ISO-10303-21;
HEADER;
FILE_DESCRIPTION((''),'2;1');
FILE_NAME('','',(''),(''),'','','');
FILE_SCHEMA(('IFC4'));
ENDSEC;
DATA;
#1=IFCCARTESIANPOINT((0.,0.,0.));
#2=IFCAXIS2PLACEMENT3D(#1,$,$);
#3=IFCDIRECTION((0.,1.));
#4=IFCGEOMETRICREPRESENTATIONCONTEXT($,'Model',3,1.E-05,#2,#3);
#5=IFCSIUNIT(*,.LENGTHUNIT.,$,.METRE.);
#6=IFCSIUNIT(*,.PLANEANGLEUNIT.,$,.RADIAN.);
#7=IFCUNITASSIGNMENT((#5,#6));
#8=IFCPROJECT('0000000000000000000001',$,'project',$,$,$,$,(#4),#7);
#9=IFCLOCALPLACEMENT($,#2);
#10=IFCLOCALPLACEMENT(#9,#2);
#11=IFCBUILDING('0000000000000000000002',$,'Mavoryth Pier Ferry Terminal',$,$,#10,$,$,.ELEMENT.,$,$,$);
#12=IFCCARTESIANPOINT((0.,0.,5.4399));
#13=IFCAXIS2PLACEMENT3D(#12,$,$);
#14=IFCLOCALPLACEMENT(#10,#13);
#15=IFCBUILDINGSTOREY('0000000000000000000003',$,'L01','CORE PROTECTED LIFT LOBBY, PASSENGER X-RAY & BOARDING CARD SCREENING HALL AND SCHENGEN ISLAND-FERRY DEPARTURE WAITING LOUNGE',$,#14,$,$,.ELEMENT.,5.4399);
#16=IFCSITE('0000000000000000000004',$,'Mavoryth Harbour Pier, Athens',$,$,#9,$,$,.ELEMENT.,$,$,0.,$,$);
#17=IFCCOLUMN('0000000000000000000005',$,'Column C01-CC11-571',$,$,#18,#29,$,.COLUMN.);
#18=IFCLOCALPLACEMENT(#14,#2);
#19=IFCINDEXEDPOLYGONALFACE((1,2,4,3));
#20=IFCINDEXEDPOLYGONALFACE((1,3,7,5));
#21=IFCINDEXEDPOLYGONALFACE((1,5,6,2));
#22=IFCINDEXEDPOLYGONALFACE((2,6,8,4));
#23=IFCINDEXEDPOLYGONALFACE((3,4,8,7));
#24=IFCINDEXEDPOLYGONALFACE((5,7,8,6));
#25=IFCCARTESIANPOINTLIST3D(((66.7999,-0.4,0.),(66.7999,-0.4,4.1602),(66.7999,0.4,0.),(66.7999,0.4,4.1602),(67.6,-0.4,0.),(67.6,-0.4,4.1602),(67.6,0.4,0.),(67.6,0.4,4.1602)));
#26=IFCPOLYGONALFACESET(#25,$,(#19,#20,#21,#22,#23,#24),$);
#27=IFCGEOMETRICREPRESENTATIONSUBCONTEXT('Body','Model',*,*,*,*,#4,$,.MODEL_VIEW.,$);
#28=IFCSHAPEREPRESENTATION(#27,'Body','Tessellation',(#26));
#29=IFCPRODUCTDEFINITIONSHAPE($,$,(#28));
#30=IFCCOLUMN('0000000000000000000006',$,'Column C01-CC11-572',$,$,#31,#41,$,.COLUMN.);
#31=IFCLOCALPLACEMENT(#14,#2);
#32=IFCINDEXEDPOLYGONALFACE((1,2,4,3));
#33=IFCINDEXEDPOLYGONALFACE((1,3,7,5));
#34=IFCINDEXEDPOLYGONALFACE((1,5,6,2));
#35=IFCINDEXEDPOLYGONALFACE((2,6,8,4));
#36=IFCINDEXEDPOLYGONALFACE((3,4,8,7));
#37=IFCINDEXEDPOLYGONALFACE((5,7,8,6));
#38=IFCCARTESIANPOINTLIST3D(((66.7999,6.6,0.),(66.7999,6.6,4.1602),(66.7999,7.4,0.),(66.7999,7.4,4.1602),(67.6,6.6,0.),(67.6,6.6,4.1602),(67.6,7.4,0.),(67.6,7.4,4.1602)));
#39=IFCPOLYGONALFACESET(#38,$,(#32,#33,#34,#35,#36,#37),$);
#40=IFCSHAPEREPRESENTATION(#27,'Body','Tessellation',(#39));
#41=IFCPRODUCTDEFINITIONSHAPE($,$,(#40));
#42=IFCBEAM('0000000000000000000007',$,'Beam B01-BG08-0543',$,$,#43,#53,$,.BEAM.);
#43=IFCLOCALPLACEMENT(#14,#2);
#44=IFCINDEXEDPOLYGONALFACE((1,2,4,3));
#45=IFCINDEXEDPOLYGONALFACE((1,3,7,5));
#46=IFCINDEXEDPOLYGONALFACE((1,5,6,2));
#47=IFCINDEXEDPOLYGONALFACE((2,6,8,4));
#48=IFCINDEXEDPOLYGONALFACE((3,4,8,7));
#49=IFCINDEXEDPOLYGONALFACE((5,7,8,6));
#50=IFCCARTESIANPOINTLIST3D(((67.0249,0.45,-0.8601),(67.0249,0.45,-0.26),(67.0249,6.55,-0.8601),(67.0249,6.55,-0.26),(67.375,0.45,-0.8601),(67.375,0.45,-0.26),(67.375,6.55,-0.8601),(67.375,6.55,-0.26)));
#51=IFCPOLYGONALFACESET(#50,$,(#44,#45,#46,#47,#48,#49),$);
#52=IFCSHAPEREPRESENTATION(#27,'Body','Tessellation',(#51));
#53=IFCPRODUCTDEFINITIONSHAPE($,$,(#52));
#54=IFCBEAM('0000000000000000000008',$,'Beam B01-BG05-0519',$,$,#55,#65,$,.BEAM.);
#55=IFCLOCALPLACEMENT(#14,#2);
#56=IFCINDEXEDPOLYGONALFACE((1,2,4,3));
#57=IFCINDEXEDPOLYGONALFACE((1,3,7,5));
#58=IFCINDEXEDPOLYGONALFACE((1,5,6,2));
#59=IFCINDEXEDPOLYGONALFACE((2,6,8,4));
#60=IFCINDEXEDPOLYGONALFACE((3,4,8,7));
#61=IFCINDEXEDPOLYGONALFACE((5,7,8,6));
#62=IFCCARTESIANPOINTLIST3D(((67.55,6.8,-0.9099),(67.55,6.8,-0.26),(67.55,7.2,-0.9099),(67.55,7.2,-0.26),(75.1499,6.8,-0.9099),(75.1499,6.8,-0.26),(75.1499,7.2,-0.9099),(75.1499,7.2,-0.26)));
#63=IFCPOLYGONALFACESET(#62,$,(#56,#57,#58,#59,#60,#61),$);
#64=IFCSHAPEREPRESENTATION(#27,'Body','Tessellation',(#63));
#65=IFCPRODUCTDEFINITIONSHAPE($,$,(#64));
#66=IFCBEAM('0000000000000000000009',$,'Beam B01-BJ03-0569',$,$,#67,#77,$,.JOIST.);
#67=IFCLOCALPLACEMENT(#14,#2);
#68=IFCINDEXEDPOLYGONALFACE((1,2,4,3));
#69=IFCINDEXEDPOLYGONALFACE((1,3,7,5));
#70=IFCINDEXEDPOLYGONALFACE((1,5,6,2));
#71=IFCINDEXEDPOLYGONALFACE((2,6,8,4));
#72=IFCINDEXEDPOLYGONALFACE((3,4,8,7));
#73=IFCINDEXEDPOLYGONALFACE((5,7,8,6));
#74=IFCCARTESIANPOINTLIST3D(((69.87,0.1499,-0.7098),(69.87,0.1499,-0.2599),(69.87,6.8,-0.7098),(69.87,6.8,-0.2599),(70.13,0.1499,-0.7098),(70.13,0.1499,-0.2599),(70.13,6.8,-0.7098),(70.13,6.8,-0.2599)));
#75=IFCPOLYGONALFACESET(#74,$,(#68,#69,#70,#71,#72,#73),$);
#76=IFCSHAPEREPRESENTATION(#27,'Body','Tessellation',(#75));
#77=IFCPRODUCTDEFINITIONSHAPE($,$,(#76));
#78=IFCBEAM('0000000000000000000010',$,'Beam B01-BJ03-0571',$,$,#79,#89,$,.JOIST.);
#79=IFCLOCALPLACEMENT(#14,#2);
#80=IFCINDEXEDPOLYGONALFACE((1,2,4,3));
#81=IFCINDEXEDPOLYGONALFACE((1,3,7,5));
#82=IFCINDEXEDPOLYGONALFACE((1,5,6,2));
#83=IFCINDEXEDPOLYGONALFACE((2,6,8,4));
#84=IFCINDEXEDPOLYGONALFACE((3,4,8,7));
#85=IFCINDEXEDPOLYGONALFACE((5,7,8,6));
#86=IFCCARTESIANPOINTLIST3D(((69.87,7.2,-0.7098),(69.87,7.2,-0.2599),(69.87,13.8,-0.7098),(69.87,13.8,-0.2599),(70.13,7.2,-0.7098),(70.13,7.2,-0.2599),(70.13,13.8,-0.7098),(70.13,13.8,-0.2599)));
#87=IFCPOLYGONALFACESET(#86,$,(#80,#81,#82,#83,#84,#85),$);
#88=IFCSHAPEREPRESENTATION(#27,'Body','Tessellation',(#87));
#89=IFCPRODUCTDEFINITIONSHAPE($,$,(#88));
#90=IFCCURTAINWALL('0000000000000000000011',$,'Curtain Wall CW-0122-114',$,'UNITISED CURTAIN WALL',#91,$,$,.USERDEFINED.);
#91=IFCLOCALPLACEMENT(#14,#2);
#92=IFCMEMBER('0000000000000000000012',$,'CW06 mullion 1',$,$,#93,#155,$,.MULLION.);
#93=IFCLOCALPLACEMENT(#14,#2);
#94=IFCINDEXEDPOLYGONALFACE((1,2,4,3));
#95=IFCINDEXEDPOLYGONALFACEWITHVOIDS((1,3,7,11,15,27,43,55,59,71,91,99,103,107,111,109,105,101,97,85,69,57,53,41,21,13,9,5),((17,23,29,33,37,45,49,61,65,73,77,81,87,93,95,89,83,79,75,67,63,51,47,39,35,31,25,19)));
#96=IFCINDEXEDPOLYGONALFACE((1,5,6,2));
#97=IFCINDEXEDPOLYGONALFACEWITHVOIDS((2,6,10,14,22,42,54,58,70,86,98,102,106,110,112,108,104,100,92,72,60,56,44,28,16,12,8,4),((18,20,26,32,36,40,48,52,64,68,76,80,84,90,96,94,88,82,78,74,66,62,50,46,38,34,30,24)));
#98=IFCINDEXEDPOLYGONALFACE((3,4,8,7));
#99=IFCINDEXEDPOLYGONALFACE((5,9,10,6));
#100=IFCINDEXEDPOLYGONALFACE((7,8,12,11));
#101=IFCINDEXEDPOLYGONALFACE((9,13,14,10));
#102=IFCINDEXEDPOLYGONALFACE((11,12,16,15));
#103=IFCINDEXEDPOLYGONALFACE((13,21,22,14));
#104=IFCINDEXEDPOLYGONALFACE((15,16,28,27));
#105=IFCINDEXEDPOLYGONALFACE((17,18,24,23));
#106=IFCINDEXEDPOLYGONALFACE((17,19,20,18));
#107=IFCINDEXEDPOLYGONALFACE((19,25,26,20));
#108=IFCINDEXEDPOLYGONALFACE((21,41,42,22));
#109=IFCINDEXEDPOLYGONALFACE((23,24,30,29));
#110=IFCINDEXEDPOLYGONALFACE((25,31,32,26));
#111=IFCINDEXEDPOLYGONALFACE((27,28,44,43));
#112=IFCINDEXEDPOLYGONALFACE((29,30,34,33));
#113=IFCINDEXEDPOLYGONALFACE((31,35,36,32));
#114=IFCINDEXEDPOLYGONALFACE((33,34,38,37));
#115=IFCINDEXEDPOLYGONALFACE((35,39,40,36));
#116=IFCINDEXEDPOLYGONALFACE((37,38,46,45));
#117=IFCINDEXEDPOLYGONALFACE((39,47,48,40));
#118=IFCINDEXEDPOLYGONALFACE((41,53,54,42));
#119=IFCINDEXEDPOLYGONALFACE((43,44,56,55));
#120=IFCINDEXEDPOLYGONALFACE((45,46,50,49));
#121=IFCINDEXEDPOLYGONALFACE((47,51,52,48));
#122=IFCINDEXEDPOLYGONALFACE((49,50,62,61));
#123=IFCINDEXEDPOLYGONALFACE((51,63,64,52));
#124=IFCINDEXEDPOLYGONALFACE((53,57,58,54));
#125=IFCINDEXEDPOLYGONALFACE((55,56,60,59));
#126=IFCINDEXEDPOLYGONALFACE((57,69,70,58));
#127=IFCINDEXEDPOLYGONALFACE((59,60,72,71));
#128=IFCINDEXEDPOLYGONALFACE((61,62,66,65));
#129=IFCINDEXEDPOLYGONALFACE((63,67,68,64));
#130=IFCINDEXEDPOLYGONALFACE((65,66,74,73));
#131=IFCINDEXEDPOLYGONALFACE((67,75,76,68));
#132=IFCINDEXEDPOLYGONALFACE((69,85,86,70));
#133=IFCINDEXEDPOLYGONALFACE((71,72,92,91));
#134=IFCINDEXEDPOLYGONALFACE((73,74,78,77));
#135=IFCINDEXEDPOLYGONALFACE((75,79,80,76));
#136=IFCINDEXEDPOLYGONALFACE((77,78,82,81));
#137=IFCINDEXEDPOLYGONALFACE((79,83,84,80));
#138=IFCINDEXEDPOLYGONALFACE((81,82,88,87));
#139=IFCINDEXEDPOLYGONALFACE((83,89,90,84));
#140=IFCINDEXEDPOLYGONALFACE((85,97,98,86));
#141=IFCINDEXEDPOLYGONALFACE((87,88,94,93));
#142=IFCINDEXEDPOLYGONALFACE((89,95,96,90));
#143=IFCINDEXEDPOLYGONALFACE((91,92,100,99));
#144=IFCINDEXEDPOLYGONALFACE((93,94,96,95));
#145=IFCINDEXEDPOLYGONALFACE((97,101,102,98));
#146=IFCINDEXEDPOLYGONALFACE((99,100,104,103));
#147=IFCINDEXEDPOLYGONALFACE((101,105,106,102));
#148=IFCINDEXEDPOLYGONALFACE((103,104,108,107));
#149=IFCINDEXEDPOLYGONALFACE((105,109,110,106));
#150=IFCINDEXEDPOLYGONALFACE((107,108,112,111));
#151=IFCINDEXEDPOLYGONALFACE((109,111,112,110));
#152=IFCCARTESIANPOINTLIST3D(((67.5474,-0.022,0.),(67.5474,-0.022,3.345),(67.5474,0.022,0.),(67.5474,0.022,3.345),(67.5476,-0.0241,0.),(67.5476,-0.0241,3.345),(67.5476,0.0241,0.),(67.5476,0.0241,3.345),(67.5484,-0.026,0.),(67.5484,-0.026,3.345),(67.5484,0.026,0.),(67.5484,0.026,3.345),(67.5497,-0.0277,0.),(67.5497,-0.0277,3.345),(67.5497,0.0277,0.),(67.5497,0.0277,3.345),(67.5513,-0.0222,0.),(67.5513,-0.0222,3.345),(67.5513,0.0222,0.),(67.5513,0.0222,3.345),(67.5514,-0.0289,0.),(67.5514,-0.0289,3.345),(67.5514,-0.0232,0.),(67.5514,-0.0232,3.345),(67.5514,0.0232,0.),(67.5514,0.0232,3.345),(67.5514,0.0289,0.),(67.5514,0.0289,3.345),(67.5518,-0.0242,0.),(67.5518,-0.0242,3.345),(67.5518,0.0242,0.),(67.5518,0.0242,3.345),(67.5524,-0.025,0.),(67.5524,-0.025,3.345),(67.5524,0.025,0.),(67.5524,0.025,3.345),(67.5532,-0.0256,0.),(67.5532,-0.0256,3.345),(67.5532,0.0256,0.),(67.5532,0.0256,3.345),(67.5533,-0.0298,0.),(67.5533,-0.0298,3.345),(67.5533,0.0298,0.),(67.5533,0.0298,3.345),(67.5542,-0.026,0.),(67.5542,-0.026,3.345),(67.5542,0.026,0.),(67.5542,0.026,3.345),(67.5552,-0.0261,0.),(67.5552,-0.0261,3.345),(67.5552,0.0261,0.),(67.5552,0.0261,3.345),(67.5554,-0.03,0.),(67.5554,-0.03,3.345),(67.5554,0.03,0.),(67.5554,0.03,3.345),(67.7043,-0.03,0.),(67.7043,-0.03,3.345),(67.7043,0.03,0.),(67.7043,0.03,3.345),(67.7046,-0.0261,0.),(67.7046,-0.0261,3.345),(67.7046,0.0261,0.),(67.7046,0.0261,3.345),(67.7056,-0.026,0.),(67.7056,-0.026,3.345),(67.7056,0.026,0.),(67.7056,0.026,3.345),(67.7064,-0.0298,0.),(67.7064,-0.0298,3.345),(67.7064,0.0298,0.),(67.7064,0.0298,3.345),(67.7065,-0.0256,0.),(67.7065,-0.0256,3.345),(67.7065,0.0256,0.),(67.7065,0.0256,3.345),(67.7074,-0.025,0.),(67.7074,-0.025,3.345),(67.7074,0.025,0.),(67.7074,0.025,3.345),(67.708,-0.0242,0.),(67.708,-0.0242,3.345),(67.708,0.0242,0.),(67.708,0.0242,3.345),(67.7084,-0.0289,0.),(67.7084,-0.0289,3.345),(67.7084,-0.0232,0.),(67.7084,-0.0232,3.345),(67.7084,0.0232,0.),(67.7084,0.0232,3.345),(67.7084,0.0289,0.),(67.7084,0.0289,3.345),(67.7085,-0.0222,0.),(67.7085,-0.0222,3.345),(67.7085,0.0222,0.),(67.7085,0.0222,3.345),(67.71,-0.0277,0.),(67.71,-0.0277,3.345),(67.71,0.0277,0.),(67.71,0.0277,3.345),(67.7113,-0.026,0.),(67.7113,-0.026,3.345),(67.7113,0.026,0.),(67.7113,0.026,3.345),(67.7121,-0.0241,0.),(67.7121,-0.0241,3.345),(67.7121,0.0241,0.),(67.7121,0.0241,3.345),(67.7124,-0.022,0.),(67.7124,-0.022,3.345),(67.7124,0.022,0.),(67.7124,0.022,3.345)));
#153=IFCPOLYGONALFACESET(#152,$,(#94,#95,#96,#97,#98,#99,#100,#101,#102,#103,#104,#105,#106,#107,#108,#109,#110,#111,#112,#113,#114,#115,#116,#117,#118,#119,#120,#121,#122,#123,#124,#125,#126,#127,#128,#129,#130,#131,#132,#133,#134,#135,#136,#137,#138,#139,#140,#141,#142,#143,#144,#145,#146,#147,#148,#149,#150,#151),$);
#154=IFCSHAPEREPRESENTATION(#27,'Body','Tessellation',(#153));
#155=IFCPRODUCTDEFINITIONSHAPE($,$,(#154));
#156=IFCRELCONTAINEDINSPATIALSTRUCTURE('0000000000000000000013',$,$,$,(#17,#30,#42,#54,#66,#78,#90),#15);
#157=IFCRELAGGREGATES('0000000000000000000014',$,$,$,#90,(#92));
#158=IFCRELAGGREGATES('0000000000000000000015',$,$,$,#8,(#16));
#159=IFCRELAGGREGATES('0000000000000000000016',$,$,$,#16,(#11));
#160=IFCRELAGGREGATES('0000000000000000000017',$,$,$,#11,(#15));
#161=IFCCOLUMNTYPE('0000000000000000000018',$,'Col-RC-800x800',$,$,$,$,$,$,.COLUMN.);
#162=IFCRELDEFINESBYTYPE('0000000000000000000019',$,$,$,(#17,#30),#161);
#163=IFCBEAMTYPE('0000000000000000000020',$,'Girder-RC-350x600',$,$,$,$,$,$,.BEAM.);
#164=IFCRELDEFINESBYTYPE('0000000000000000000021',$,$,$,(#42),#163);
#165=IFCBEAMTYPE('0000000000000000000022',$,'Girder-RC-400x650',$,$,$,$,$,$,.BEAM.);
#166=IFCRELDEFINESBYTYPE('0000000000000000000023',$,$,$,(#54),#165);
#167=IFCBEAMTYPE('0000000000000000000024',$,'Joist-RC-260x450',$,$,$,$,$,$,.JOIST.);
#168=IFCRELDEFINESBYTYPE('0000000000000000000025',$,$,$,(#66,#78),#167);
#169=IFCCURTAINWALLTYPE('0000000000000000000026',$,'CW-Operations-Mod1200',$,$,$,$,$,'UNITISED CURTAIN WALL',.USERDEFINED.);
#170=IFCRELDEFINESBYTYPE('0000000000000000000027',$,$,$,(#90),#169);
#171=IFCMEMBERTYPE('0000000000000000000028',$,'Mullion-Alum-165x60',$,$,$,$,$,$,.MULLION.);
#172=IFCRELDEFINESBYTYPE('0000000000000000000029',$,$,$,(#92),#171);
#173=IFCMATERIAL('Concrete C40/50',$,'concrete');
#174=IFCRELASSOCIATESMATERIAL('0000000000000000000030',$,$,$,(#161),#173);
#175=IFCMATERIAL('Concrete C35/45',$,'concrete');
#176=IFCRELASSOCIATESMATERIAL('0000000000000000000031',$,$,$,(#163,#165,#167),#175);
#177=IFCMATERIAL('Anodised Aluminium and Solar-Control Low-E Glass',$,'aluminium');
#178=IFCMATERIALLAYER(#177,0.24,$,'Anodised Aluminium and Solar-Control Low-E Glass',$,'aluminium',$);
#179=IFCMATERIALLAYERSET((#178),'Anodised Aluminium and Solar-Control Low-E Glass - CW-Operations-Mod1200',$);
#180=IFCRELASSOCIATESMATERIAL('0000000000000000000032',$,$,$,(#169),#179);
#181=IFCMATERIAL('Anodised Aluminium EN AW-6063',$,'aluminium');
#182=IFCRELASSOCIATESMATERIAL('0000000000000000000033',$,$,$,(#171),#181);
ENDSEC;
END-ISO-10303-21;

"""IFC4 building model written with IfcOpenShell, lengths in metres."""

from ifc_helpers import new_model, si_unit, direction, frame, origin, origin_2d, place, context, subcontext, project, spatial, rectangle, hollow_rectangle, extrude, material, layer, layer_set, material_profile, profile_set, type_object, element, aggregate, save


model = new_model("IFC4")

# Units and contexts
model_context = context("Model", 3, precision=1e-05, world=origin(), true_north=direction((0.0, 1.0)))
body_context = subcontext(model_context, "Body", "Model", "MODEL_VIEW")
ifc_project = project(units=[si_unit("LENGTHUNIT", "METRE"), si_unit("PLANEANGLEUNIT", "RADIAN")], contexts=[model_context])

# Site, building, storey
site_placement = place(None, origin())
site = spatial("IfcSite", under=ifc_project, at=site_placement, Name="Mavoryth Harbour Pier, Athens", CompositionType="ELEMENT", RefElevation=0.0)
building_placement = place(site_placement, origin())
building = spatial("IfcBuilding", under=site, at=building_placement, Name="Mavoryth Pier Ferry Terminal", CompositionType="ELEMENT")
storey_placement = place(building_placement, frame((0.0, 0.0, 5.4399)))
storey = spatial("IfcBuildingStorey", under=building, at=storey_placement, Name="L01", Description="CORE PROTECTED LIFT LOBBY, PASSENGER X-RAY & BOARDING CARD SCREENING HALL AND SCHENGEN ISLAND-FERRY DEPARTURE WAITING LOUNGE", CompositionType="ELEMENT", Elevation=5.4399)

# Columns
ifc_material_1 = material(Name="Concrete C40/50", Category="concrete")
ifc_material_profile_1 = material_profile(ifc_material_1, rectangle(XDim=0.8, YDim=0.8, at=origin_2d()), Name="RC 800x800", Category="concrete")
ifc_profile_set_1 = profile_set([ifc_material_profile_1], Name="Concrete C40/50 - RC 800x800")
column_type = type_object("IfcColumnType", Name="Col-RC-800x800", PredefinedType="COLUMN", material=ifc_profile_set_1)
for number, where, z_axis, x_axis, name in (
    (1, (67.2, 0.0, 0.0), (0.0, 0.0, 1.0), (1.0, 0.0, 0.0), "Column C01-CC11-571"),
    (2, (67.2, 7.0, 0.0), (0.0, 0.0, 1.0), (1.0, 0.0, 0.0), "Column C01-CC11-572"),
):
    element("IfcColumn", number, at=place(storey_placement, frame(where, z_axis=z_axis, x_axis=x_axis)), inside=storey, type_object=column_type, Name=name, PredefinedType="COLUMN", context=body_context, shape_type="SweptSolid", body=[
        extrude(rectangle(XDim=0.8, YDim=0.8, at=origin_2d()), origin(), (0.0, 0.0, 1.0), 4.1602),
    ])

# Beams
ifc_material_2 = material(Name="Concrete C35/45", Category="concrete")
ifc_material_profile_2 = material_profile(ifc_material_2, rectangle(XDim=0.3501, YDim=0.6001, at=origin_2d()), Name="RC 350x600", Category="concrete")
ifc_profile_set_2 = profile_set([ifc_material_profile_2], Name="Concrete C35/45 - RC 350x600")
beam_type_1 = type_object("IfcBeamType", Name="Girder-RC-350x600", PredefinedType="BEAM", material=ifc_profile_set_2)
beam_1_placement = place(storey_placement, frame((67.2, 0.45, -0.5601), z_axis=(0.0, 1.0, 0.0), x_axis=(-1.0, 0.0, 0.0)))
element("IfcBeam", 3, at=beam_1_placement, inside=storey, type_object=beam_type_1, Name="Beam B01-BG08-0543", PredefinedType="BEAM", context=body_context, shape_type="SweptSolid", body=[
    extrude(rectangle(XDim=0.3501, YDim=0.6001, at=origin_2d()), origin(), (0.0, 0.0, 1.0), 6.1001),
])
ifc_material_profile_3 = material_profile(ifc_material_2, rectangle(XDim=0.3999, YDim=0.6499, at=origin_2d()), Name="RC 400x650", Category="concrete")
ifc_profile_set_3 = profile_set([ifc_material_profile_3], Name="Concrete C35/45 - RC 400x650")
beam_type_2 = type_object("IfcBeamType", Name="Girder-RC-400x650", PredefinedType="BEAM", material=ifc_profile_set_3)
beam_2_placement = place(storey_placement, frame((67.55, 7.0, -0.585), z_axis=(1.0, 0.0, 0.0), x_axis=(0.0, 1.0, 0.0)))
element("IfcBeam", 4, at=beam_2_placement, inside=storey, type_object=beam_type_2, Name="Beam B01-BG05-0519", PredefinedType="BEAM", context=body_context, shape_type="SweptSolid", body=[
    extrude(rectangle(XDim=0.3999, YDim=0.6499, at=origin_2d()), origin(), (0.0, 0.0, 1.0), 7.5999),
])
ifc_material_profile_4 = material_profile(ifc_material_2, rectangle(XDim=0.26, YDim=0.45, at=origin_2d()), Name="RC 260x450", Category="concrete")
ifc_profile_set_4 = profile_set([ifc_material_profile_4], Name="Concrete C35/45 - RC 260x450")
beam_type_3 = type_object("IfcBeamType", Name="Joist-RC-260x450", PredefinedType="JOIST", material=ifc_profile_set_4)
beam_3_placement = place(storey_placement, frame((70.0, 0.1499, -0.4849), z_axis=(0.0, 1.0, 0.0), x_axis=(-1.0, 0.0, 0.0)))
element("IfcBeam", 5, at=beam_3_placement, inside=storey, type_object=beam_type_3, Name="Beam B01-BJ03-0569", PredefinedType="JOIST", context=body_context, shape_type="SweptSolid", body=[
    extrude(rectangle(XDim=0.26, YDim=0.45, at=origin_2d()), origin(), (0.0, 0.0, 1.0), 6.6501),
])
beam_4_placement = place(storey_placement, frame((70.0, 7.2, -0.4849), z_axis=(0.0, 1.0, 0.0), x_axis=(-1.0, 0.0, 0.0)))
element("IfcBeam", 6, at=beam_4_placement, inside=storey, type_object=beam_type_3, Name="Beam B01-BJ03-0571", PredefinedType="JOIST", context=body_context, shape_type="SweptSolid", body=[
    extrude(rectangle(XDim=0.26, YDim=0.45, at=origin_2d()), origin(), (0.0, 0.0, 1.0), 6.6001),
])

# Curtain wall, member
ifc_material_3 = material(Name="Anodised Aluminium and Solar-Control Low-E Glass", Category="aluminium")
ifc_layer_1 = layer(ifc_material_3, 0.24, Name="Anodised Aluminium and Solar-Control Low-E Glass", Category="aluminium")
ifc_layer_set_1 = layer_set([ifc_layer_1], Name="Anodised Aluminium and Solar-Control Low-E Glass - CW-Operations-Mod1200")
curtain_wall_type = type_object("IfcCurtainWallType", Name="CW-Operations-Mod1200", ElementType="UNITISED CURTAIN WALL", PredefinedType="USERDEFINED", material=ifc_layer_set_1)
curtain_wall_placement = place(storey_placement, origin())
curtain_wall = element("IfcCurtainWall", 7, at=curtain_wall_placement, inside=storey, type_object=curtain_wall_type, Name="Curtain Wall CW-0122-114", ObjectType="UNITISED CURTAIN WALL", PredefinedType="USERDEFINED")
ifc_material_4 = material(Name="Anodised Aluminium EN AW-6063", Category="aluminium")
ifc_material_profile_5 = material_profile(ifc_material_4, hollow_rectangle(XDim=0.0601, YDim=0.165, WallThickness=0.0039, InnerFilletRadius=0.0039, OuterFilletRadius=0.0081, at=origin_2d()), Name="AL-MULL 165x60x4", Category="aluminium")
ifc_profile_set_5 = profile_set([ifc_material_profile_5], Name="Anodised Aluminium EN AW-6063 - AL-MULL 165x60x4")
member_type_1 = type_object("IfcMemberType", Name="Mullion-Alum-165x60", PredefinedType="MULLION", material=ifc_profile_set_5)
member_1_placement = place(storey_placement, frame((67.6299, 0.0, 0.0), z_axis=(0.0, 0.0, 1.0), x_axis=(0.0, 1.0, 0.0)))
member_1 = element("IfcMember", 8, at=member_1_placement, type_object=member_type_1, Name="CW06 mullion 1", PredefinedType="MULLION", context=body_context, shape_type="SweptSolid", body=[
    extrude(hollow_rectangle(XDim=0.0601, YDim=0.165, WallThickness=0.0039, InnerFilletRadius=0.0039, OuterFilletRadius=0.0081, at=origin_2d()), origin(), (0.0, 0.0, 1.0), 3.345),
])

aggregate(curtain_wall, [member_1])

save(model, "model.ifc")
